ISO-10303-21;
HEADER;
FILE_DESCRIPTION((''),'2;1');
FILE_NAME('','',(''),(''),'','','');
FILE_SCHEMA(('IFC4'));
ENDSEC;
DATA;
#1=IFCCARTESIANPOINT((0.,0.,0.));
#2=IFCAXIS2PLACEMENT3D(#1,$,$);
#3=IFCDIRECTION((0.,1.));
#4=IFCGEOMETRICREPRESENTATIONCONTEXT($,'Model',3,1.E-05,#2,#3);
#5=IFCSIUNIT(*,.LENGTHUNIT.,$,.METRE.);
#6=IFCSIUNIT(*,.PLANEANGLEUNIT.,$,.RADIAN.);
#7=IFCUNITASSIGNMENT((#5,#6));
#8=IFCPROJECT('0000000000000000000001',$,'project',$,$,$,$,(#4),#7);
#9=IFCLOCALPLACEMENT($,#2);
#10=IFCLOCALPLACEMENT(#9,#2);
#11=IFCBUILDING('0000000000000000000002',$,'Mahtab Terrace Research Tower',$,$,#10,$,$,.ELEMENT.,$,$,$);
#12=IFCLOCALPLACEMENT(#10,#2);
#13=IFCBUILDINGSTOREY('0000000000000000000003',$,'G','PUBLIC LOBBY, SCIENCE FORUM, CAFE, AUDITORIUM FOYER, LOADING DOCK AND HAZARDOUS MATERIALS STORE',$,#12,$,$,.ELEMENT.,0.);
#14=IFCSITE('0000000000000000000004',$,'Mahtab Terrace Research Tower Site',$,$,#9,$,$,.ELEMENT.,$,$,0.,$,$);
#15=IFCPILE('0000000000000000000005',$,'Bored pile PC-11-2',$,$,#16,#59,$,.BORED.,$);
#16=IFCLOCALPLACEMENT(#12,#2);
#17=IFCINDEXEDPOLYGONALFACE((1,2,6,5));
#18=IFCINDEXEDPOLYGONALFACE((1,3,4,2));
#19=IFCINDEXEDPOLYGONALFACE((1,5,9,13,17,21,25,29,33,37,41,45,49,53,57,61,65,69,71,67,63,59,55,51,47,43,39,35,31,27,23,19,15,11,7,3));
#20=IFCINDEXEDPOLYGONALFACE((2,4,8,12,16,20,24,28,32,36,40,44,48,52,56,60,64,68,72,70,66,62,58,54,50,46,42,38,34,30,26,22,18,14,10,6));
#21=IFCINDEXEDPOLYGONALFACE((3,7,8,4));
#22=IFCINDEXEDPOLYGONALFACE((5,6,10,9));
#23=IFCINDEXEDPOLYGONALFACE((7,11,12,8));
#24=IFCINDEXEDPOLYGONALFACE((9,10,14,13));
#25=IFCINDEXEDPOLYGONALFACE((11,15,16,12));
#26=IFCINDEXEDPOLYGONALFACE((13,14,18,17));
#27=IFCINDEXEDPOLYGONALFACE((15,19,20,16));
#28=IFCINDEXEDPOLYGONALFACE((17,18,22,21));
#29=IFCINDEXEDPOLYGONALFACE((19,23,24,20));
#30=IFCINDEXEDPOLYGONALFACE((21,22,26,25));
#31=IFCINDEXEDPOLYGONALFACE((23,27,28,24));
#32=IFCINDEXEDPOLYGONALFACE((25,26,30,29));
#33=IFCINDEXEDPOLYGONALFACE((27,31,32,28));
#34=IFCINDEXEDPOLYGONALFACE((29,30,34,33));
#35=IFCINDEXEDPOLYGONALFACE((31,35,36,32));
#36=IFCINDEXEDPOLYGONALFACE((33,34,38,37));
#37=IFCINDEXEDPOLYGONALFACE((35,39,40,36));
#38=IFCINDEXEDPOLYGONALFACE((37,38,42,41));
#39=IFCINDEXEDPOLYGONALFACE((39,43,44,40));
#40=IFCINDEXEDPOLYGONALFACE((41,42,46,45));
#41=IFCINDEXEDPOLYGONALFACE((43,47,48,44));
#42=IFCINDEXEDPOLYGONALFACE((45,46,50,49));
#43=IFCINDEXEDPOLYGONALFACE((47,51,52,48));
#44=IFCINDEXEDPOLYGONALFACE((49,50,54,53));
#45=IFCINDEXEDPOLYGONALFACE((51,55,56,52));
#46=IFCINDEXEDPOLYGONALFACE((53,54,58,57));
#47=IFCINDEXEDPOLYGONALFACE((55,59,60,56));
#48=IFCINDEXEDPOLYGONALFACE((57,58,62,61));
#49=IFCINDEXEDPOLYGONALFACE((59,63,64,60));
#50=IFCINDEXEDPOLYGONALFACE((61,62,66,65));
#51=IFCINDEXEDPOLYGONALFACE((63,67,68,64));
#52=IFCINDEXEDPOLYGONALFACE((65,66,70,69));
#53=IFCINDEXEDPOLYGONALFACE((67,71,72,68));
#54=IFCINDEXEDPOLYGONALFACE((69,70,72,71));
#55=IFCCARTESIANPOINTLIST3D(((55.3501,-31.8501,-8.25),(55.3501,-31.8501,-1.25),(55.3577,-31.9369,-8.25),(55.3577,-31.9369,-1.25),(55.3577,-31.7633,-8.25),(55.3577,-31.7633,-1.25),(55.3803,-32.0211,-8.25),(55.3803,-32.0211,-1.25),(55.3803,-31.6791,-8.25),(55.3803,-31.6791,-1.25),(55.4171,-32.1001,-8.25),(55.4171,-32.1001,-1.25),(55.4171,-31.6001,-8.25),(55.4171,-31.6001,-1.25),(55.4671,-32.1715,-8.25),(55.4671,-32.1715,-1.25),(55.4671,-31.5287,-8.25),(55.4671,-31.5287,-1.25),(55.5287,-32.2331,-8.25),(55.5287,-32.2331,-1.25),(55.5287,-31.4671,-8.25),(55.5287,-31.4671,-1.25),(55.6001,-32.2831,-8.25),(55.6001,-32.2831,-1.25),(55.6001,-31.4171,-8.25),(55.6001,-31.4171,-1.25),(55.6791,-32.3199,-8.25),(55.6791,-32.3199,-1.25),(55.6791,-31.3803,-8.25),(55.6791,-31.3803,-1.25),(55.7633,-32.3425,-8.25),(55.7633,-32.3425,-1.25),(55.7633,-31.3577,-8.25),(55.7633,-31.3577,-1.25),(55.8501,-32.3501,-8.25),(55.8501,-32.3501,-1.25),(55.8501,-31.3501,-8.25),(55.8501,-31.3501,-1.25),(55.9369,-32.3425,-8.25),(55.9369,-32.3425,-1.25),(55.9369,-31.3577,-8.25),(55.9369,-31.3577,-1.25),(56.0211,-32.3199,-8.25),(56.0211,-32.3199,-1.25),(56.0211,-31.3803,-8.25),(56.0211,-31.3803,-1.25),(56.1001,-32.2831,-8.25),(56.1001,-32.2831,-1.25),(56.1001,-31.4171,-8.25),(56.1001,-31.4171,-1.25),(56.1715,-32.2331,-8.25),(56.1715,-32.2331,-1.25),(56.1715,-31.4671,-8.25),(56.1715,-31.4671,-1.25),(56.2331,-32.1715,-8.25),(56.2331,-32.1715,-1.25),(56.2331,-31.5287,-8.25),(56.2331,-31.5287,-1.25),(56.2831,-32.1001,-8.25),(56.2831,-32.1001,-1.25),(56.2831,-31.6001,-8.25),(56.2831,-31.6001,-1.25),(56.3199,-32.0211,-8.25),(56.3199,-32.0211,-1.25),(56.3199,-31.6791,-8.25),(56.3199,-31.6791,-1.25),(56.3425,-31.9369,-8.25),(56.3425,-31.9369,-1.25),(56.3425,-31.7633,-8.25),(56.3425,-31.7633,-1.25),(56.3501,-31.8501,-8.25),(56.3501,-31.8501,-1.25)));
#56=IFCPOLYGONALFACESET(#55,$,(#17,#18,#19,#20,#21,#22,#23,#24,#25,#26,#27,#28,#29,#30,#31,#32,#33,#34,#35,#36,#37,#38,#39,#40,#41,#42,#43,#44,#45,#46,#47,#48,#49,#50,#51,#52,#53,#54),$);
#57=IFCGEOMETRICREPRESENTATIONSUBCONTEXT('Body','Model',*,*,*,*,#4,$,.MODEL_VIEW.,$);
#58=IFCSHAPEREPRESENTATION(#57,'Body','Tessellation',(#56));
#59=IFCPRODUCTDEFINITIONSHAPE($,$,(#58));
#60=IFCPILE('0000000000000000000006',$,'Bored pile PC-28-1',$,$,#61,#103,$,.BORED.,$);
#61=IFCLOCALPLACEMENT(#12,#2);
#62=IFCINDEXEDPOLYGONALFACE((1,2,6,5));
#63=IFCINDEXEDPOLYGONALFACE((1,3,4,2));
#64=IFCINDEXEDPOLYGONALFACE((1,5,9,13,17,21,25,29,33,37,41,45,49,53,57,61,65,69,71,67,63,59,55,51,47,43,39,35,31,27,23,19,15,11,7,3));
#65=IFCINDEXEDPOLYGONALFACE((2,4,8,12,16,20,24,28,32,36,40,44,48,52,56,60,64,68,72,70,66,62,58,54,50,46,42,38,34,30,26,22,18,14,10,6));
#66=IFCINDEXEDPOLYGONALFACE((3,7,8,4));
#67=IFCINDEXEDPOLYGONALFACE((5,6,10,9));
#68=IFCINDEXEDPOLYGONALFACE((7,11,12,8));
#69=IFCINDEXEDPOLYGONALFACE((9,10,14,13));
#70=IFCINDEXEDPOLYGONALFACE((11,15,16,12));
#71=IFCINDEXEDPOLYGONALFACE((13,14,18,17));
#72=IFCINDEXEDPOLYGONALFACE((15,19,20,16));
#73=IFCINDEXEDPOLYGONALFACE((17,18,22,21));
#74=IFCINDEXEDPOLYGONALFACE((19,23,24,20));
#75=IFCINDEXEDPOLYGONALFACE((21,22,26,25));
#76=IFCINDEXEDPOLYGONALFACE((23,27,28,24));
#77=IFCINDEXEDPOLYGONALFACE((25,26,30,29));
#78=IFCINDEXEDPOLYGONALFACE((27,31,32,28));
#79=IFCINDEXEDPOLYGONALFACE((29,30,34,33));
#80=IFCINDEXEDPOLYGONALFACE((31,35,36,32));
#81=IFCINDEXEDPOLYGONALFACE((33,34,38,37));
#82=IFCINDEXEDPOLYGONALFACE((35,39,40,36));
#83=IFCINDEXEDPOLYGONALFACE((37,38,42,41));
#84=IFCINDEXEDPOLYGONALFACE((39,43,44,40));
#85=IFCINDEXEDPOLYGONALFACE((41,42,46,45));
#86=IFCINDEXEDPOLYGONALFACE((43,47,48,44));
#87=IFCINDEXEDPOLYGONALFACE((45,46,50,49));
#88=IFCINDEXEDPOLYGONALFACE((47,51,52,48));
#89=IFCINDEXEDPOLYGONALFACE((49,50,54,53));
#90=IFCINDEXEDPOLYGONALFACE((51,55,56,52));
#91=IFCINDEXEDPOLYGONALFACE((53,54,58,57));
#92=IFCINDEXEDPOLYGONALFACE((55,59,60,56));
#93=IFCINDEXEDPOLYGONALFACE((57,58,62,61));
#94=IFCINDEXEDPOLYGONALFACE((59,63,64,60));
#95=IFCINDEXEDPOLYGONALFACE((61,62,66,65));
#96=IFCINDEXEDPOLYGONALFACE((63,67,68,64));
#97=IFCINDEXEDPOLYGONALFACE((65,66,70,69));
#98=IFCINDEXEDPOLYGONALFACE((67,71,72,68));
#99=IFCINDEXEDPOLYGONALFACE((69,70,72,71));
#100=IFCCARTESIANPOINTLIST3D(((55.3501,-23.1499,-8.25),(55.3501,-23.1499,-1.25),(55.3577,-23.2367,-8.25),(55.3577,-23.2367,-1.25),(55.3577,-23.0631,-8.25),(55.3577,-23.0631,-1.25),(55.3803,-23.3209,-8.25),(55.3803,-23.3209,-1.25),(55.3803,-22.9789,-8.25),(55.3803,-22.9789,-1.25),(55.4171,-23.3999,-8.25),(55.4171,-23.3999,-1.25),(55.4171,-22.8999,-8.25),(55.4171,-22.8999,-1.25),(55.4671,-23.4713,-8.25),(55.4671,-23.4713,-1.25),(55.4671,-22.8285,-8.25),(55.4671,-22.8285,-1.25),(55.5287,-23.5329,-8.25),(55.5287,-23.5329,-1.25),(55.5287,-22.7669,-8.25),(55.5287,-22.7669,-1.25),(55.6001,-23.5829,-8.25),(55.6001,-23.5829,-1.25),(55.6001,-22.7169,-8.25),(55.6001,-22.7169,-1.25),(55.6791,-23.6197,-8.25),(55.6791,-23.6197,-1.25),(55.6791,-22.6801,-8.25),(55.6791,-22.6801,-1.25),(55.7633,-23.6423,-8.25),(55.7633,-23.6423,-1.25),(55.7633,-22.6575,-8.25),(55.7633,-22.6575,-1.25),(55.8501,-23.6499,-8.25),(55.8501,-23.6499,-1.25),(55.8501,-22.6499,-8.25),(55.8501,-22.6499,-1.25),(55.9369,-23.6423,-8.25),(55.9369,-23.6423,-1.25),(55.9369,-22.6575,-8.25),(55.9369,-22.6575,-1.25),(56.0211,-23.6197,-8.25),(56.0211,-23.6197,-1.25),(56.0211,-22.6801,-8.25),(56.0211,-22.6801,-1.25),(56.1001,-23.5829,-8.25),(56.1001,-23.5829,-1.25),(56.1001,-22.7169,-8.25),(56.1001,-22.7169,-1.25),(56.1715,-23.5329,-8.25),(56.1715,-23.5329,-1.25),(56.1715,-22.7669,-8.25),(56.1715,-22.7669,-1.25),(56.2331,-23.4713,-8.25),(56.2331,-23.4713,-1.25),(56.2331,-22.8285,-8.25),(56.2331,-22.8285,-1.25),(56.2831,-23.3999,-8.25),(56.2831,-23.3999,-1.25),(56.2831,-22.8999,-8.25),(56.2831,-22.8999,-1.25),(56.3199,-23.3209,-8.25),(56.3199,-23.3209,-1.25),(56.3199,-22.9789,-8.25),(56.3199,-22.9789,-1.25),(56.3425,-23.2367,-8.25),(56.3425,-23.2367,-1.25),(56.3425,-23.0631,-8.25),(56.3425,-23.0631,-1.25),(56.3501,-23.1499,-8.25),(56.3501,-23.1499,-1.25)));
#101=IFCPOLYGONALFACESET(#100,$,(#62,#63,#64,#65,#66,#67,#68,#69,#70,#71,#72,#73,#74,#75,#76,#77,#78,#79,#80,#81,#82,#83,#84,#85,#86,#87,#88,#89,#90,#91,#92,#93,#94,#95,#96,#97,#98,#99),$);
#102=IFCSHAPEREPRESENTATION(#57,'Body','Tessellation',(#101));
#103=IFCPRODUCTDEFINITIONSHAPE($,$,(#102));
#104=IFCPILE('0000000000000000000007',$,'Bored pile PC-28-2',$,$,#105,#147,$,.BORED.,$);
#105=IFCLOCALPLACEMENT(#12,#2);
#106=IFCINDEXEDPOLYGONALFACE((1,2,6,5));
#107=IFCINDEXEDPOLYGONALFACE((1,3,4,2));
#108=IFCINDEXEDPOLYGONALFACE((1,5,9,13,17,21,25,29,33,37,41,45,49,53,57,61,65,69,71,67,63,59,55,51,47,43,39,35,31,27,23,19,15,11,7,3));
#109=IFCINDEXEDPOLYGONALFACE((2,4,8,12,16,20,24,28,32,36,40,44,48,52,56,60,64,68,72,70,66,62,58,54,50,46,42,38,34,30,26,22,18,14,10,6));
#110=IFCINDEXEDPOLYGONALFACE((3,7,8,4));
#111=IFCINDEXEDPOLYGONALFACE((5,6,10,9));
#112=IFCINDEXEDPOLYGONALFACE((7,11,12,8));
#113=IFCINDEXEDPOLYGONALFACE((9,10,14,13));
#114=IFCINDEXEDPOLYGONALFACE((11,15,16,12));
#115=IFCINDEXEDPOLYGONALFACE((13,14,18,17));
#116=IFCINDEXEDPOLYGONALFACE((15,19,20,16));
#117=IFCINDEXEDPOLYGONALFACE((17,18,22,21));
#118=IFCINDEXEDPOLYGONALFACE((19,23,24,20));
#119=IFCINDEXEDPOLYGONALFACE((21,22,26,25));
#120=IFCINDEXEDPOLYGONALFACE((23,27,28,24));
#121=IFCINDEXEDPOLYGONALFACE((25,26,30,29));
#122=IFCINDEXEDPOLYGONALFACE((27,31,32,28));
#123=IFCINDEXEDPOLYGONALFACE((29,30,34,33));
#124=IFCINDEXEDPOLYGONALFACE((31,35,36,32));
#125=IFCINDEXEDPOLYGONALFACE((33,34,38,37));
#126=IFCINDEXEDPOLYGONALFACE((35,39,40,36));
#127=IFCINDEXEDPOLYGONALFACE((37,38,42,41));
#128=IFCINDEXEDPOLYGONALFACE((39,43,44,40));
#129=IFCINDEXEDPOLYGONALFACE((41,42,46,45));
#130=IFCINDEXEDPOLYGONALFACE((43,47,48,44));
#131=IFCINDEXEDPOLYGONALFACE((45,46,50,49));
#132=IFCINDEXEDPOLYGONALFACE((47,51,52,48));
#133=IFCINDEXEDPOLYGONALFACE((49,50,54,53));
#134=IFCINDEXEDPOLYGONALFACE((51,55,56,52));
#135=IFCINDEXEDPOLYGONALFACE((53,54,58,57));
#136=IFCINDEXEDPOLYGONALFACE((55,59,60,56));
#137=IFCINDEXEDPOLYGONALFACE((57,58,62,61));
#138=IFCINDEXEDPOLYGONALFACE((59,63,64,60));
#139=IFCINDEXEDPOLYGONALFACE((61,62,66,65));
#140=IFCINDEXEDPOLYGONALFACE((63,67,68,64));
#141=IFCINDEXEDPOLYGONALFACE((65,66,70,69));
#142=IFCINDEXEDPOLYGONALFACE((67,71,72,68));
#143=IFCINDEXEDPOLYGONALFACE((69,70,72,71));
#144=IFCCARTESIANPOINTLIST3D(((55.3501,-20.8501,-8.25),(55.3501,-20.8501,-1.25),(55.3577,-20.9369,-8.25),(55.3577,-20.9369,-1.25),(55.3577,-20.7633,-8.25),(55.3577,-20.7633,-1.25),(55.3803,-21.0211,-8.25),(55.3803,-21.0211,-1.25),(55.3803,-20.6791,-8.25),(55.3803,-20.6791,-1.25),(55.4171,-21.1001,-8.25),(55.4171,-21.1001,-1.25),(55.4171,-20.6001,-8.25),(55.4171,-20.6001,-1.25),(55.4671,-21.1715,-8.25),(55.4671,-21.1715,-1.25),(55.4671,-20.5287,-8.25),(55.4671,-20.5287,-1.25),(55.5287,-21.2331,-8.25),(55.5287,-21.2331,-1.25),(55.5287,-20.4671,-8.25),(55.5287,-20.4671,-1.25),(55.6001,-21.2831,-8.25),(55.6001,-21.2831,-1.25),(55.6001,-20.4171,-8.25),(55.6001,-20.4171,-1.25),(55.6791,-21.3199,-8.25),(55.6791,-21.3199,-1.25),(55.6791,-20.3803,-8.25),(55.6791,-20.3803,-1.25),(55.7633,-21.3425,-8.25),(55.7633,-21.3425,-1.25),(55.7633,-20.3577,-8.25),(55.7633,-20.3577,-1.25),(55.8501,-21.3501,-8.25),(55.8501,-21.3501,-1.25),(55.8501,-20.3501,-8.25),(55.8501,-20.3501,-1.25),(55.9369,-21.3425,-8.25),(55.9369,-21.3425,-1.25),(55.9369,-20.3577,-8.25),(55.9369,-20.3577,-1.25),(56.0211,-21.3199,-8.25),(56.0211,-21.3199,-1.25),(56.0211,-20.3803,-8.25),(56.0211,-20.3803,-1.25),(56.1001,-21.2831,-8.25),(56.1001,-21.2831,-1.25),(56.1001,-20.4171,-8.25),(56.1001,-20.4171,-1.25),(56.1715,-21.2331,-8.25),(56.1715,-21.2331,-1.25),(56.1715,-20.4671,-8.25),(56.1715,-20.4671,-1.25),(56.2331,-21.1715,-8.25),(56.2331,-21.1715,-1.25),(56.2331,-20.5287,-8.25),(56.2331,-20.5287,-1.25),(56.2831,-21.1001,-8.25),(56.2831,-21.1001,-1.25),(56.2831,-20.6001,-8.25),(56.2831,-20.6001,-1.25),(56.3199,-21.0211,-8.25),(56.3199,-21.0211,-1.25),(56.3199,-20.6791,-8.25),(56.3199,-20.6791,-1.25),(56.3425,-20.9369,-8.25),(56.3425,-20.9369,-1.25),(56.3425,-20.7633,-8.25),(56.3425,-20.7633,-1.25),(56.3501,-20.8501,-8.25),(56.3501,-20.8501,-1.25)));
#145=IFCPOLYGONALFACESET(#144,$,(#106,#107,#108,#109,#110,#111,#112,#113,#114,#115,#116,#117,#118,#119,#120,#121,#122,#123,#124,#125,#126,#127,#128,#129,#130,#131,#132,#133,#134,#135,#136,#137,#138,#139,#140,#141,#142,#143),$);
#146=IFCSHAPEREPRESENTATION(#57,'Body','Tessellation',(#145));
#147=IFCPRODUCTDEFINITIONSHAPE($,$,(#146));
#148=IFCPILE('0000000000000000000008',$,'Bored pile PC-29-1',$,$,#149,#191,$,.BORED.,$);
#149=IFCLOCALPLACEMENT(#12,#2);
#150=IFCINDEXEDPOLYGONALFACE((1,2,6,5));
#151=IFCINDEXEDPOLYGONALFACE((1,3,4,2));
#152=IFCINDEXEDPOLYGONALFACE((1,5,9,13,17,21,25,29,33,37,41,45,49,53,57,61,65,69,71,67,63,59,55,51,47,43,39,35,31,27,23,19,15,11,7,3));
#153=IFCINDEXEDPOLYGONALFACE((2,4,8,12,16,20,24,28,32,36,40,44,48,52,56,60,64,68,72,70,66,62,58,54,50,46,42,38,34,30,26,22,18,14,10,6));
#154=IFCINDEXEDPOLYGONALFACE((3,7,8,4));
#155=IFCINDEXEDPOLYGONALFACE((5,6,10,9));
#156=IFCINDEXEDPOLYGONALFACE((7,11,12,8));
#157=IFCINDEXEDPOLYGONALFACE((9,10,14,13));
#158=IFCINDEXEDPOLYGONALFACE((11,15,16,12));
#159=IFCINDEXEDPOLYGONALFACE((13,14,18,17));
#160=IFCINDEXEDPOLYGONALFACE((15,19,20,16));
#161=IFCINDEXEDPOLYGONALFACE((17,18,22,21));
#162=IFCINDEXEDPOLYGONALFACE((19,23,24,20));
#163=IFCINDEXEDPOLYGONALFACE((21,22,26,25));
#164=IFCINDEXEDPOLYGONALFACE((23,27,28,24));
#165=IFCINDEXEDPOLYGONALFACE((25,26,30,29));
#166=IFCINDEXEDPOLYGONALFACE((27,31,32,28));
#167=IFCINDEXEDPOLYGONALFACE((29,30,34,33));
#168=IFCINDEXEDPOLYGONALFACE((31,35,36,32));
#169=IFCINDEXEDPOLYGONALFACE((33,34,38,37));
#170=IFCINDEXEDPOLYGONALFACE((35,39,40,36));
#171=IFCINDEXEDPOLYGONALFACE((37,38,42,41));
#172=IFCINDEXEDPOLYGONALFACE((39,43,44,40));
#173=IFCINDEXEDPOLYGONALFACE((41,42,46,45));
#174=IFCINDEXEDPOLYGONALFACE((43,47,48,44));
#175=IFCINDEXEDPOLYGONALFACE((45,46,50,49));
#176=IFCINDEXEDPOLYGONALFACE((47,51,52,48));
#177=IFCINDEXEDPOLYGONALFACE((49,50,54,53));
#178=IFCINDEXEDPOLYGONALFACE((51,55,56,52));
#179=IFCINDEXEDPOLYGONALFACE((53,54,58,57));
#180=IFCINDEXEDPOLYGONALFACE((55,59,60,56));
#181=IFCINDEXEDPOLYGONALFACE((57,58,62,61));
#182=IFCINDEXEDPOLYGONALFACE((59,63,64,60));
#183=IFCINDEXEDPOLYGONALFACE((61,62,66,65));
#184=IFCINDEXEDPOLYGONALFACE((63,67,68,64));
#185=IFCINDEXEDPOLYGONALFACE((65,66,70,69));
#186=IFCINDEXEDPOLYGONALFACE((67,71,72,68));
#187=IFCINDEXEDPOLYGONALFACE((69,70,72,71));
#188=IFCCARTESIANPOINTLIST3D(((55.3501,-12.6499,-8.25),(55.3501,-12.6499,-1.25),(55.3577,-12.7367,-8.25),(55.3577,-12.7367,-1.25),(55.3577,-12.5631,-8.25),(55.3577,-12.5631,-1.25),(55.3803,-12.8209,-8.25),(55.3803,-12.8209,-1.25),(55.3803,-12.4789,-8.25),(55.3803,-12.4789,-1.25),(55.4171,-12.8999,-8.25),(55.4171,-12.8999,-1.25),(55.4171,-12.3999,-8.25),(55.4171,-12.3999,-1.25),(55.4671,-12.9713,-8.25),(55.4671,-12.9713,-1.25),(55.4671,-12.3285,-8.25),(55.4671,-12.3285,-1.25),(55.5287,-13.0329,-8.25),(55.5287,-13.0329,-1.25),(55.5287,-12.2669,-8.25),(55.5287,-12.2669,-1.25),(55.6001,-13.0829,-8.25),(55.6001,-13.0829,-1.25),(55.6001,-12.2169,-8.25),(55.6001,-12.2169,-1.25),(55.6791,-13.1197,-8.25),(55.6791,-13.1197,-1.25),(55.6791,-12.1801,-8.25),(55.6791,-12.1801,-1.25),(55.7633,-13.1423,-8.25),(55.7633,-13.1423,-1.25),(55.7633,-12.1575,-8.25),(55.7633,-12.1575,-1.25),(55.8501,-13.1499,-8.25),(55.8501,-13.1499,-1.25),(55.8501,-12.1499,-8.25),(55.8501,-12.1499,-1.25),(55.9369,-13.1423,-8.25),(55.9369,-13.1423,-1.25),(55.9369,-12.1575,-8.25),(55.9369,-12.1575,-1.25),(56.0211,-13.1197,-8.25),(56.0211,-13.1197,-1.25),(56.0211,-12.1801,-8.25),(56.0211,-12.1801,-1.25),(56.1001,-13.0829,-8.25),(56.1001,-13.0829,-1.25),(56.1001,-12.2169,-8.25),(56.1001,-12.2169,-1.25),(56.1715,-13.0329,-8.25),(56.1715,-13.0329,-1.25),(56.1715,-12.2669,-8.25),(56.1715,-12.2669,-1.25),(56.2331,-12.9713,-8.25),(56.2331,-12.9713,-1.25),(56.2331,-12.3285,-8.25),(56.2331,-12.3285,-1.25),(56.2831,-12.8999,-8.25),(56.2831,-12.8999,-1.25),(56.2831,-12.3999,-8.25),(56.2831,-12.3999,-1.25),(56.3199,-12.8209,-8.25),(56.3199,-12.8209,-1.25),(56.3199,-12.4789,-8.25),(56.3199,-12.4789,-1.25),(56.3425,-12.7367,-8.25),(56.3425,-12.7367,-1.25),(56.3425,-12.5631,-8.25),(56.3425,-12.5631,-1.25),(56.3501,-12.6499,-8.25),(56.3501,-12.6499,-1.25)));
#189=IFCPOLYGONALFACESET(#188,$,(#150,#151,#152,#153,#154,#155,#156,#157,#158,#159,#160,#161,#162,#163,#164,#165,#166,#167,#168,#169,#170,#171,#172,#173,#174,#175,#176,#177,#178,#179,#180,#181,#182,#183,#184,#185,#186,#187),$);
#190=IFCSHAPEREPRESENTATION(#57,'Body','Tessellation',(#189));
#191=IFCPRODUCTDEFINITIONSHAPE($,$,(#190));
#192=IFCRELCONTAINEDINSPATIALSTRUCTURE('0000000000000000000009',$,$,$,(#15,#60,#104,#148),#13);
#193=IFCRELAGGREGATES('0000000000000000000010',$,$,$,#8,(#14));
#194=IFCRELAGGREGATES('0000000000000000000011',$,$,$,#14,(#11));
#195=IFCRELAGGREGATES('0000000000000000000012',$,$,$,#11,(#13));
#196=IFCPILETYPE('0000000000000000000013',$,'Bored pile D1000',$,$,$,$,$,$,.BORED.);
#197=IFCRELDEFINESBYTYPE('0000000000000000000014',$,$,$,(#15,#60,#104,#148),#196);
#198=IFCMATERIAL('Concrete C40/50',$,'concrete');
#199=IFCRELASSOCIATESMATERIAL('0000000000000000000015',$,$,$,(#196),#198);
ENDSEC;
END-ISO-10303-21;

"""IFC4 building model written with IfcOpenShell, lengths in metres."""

from ifc_helpers import new_model, si_unit, direction, frame, origin, origin_2d, place, context, subcontext, project, spatial, circle, extrude, material, material_profile, profile_set, type_object, element, save


model = new_model("IFC4")

# Units and contexts
model_context = context("Model", 3, precision=1e-05, world=origin(), true_north=direction((0.0, 1.0)))
body_context = subcontext(model_context, "Body", "Model", "MODEL_VIEW")
ifc_project = project(units=[si_unit("LENGTHUNIT", "METRE"), si_unit("PLANEANGLEUNIT", "RADIAN")], contexts=[model_context])

# Site, building, storey
site_placement = place(None, origin())
site = spatial("IfcSite", under=ifc_project, at=site_placement, Name="Mahtab Terrace Research Tower Site", CompositionType="ELEMENT", RefElevation=0.0)
building_placement = place(site_placement, origin())
building = spatial("IfcBuilding", under=site, at=building_placement, Name="Mahtab Terrace Research Tower", CompositionType="ELEMENT")
storey_placement = place(building_placement, origin())
storey = spatial("IfcBuildingStorey", under=building, at=storey_placement, Name="G", Description="PUBLIC LOBBY, SCIENCE FORUM, CAFE, AUDITORIUM FOYER, LOADING DOCK AND HAZARDOUS MATERIALS STORE", CompositionType="ELEMENT", Elevation=0.0)

# Piles
ifc_material_1 = material(Name="Concrete C40/50", Category="concrete")
ifc_material_profile_1 = material_profile(ifc_material_1, circle(Radius=0.5, at=origin_2d()), Name="Bored pile D1000")
ifc_profile_set_1 = profile_set([ifc_material_profile_1], Name="Concrete C40/50")
pile_type_1 = type_object("IfcPileType", Name="Bored pile D1000", PredefinedType="BORED", material=ifc_profile_set_1)
for number, where, z_axis, x_axis, name in (
    (1, (55.8501, -31.8501, -1.25), (0.0, 0.0, -1.0), (1.0, 0.0, 0.0), "Bored pile PC-11-2"),
    (2, (55.8501, -23.1499, -1.25), (0.0, 0.0, -1.0), (1.0, 0.0, 0.0), "Bored pile PC-28-1"),
    (3, (55.8501, -20.8501, -1.25), (0.0, 0.0, -1.0), (1.0, 0.0, 0.0), "Bored pile PC-28-2"),
    (4, (55.8501, -12.6499, -1.25), (0.0, 0.0, -1.0), (1.0, 0.0, 0.0), "Bored pile PC-29-1"),
):
    element("IfcPile", number, at=place(storey_placement, frame(where, z_axis=z_axis, x_axis=x_axis)), inside=storey, type_object=pile_type_1, Name=name, PredefinedType="BORED", context=body_context, shape_type="SweptSolid", body=[
        extrude(circle(Radius=0.5, at=origin_2d()), origin(), (0.0, 0.0, 1.0), 7.0),
    ])

save(model, "model.ifc")
